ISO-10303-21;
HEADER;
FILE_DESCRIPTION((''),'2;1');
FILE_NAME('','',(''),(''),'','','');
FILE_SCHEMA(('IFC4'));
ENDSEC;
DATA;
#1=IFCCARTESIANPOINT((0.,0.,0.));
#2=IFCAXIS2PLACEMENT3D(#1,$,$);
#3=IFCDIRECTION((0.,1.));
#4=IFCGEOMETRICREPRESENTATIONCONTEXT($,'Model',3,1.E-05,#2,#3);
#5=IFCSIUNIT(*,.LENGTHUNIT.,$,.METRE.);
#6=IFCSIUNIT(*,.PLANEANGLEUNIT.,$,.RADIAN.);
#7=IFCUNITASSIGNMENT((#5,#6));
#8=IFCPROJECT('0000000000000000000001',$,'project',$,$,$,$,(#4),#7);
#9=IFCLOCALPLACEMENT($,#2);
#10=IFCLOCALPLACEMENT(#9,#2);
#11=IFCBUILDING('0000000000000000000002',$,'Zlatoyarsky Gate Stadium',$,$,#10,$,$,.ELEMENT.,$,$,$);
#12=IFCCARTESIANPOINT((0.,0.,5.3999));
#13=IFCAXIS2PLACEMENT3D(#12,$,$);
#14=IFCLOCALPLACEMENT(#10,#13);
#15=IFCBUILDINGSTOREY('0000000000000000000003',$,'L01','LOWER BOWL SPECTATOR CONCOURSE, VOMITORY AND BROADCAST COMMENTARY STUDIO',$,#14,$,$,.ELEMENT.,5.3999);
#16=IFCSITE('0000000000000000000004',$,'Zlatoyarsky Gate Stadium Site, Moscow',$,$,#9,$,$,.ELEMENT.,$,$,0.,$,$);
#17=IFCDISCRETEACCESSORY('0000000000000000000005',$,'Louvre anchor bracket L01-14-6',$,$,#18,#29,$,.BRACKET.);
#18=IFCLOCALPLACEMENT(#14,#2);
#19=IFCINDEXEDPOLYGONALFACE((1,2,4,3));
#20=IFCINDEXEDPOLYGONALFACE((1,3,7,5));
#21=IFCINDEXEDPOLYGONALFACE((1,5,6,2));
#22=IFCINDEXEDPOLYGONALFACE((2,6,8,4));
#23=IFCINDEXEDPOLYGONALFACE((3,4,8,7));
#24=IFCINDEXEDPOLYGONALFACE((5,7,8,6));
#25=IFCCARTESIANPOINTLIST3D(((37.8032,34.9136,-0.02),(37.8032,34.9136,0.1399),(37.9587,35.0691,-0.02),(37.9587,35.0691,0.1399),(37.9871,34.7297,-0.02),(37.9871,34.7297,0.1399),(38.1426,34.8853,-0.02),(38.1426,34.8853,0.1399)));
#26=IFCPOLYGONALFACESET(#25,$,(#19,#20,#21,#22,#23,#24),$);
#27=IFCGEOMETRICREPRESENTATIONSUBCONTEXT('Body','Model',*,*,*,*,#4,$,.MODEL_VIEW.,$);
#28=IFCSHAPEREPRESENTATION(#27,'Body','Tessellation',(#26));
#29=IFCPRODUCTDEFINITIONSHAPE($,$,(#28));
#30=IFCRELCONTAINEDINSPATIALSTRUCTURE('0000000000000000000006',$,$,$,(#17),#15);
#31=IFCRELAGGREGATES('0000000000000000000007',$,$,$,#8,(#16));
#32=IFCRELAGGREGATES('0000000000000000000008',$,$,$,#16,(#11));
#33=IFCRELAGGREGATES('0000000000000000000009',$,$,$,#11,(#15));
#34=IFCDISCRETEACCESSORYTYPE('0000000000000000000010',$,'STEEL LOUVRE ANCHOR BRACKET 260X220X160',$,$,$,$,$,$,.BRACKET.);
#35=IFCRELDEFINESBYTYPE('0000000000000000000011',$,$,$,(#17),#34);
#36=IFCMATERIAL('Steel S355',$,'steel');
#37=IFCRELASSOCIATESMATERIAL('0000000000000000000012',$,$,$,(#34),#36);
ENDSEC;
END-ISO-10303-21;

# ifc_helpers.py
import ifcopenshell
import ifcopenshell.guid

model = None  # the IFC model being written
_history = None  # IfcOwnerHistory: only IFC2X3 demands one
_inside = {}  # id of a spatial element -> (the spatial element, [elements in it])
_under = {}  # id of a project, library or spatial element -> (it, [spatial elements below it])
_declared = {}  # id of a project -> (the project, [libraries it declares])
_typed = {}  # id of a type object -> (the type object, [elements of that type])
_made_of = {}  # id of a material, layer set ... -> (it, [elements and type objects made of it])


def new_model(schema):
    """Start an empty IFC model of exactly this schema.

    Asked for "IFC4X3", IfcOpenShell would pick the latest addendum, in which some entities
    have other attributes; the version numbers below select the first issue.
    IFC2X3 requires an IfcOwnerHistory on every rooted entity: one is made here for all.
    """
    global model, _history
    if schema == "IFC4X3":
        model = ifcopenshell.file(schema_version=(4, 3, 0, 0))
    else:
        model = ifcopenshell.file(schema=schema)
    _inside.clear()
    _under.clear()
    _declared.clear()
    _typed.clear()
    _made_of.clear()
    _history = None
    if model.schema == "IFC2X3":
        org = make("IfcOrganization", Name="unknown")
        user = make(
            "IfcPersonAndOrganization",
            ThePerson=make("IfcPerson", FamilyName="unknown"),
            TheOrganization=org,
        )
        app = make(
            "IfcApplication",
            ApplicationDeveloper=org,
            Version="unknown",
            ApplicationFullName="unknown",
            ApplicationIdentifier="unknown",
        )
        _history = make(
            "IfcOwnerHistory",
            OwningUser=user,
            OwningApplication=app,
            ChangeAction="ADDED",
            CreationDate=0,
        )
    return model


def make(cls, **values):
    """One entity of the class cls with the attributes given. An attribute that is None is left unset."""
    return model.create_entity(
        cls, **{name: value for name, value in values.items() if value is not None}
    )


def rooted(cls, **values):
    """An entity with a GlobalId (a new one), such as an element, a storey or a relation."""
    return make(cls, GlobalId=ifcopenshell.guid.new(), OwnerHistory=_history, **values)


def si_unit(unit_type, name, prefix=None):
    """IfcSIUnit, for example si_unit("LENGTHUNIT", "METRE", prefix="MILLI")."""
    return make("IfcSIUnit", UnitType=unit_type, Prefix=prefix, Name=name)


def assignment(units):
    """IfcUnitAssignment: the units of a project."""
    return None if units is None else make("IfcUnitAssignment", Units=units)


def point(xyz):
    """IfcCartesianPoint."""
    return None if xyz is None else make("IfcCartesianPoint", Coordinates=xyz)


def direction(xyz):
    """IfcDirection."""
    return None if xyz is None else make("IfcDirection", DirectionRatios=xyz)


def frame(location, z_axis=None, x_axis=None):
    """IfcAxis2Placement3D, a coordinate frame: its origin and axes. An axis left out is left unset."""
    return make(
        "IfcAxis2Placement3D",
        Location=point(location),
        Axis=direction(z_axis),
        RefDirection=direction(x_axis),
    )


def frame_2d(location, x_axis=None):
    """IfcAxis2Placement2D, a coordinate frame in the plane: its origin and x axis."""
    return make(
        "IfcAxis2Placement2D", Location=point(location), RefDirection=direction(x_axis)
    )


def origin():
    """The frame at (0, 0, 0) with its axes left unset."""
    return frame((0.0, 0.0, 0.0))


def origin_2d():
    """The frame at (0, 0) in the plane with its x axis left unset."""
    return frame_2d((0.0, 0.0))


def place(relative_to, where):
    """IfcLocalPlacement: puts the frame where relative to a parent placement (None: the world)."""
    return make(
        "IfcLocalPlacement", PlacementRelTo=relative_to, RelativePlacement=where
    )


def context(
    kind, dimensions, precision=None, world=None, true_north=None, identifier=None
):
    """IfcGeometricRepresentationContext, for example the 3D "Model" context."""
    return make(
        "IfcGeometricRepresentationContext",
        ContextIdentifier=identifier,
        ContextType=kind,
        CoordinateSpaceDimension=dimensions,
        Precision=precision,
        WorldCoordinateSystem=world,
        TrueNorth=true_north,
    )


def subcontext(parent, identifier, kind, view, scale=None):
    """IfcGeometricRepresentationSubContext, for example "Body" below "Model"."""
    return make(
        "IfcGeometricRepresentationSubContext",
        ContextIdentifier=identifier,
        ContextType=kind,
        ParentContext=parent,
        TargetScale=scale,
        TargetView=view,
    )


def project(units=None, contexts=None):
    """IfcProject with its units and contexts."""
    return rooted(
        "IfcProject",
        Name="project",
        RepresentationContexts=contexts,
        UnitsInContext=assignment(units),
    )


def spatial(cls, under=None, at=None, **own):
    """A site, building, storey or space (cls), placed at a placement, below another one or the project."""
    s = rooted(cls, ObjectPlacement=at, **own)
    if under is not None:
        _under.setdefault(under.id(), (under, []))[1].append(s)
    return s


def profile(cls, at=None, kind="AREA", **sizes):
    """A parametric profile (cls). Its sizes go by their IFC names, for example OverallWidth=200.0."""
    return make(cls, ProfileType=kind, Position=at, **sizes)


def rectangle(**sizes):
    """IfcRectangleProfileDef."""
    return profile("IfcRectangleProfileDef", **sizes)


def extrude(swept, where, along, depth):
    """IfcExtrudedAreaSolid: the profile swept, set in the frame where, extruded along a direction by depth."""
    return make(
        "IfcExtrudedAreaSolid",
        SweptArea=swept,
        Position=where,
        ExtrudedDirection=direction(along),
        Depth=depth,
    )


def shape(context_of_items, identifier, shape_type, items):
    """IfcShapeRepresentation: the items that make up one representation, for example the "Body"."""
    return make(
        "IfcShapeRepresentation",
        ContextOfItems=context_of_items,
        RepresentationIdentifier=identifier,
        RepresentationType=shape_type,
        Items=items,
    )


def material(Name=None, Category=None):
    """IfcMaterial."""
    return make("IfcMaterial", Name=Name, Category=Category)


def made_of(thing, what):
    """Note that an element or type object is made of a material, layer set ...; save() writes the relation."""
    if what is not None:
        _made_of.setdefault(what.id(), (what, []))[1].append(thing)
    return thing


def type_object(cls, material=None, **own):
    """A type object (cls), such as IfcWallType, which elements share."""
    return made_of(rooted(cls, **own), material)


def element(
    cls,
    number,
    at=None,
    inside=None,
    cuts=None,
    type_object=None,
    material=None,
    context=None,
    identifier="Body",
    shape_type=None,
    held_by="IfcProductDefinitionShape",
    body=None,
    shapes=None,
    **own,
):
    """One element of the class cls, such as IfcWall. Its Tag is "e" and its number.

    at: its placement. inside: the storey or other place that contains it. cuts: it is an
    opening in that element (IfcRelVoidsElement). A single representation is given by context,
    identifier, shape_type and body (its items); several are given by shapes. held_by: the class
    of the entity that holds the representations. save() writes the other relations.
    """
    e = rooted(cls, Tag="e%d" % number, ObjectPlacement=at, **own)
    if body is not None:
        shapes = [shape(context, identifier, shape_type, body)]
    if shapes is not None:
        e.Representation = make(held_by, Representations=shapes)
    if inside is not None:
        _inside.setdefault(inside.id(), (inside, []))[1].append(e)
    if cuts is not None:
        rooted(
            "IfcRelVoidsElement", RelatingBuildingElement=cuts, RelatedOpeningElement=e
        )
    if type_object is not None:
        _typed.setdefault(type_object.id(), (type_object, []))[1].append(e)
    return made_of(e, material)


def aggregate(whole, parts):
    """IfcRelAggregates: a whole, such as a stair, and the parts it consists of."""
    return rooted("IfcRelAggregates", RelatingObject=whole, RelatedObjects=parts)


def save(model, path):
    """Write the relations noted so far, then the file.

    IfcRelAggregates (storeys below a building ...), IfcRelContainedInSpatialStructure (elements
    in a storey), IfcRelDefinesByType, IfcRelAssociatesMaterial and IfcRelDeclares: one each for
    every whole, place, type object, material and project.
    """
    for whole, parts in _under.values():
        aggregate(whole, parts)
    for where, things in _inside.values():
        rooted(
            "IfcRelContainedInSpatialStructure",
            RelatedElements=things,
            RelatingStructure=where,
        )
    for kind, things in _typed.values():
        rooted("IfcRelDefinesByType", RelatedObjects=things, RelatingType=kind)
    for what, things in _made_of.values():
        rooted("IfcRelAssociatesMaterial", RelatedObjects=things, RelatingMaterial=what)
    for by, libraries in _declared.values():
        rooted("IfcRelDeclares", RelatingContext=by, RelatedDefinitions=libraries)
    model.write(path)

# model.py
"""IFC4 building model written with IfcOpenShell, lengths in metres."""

from ifc_helpers import new_model, si_unit, direction, frame, origin, origin_2d, place, context, subcontext, project, spatial, rectangle, extrude, material, type_object, element, save


model = new_model("IFC4")

# Units and contexts
model_context = context("Model", 3, precision=1e-05, world=origin(), true_north=direction((0.0, 1.0)))
body_context = subcontext(model_context, "Body", "Model", "MODEL_VIEW")
ifc_project = project(units=[si_unit("LENGTHUNIT", "METRE"), si_unit("PLANEANGLEUNIT", "RADIAN")], contexts=[model_context])

# Site, building, storey
site_placement = place(None, origin())
site = spatial("IfcSite", under=ifc_project, at=site_placement, Name="Zlatoyarsky Gate Stadium Site, Moscow", CompositionType="ELEMENT", RefElevation=0.0)
building_placement = place(site_placement, origin())
building = spatial("IfcBuilding", under=site, at=building_placement, Name="Zlatoyarsky Gate Stadium", CompositionType="ELEMENT")
storey_placement = place(building_placement, frame((0.0, 0.0, 5.3999)))
storey = spatial("IfcBuildingStorey", under=building, at=storey_placement, Name="L01", Description="LOWER BOWL SPECTATOR CONCOURSE, VOMITORY AND BROADCAST COMMENTARY STUDIO", CompositionType="ELEMENT", Elevation=5.3999)

# Shared definitions
ifc_material_1 = material(Name="Steel S355", Category="steel")

# Discrete accessory
discrete_accessory_type = type_object("IfcDiscreteAccessoryType", Name="STEEL LOUVRE ANCHOR BRACKET 260X220X160", PredefinedType="BRACKET", material=ifc_material_1)
discrete_accessory_placement = place(storey_placement, frame((37.9729, 34.8994, -0.02), z_axis=(0.0, 0.0, 1.0), x_axis=(0.707135, -0.707079, 0.0)))
element("IfcDiscreteAccessory", 1, at=discrete_accessory_placement, inside=storey, type_object=discrete_accessory_type, Name="Louvre anchor bracket L01-14-6", PredefinedType="BRACKET", context=body_context, shape_type="SweptSolid", body=[
    extrude(rectangle(XDim=0.26, YDim=0.22, at=origin_2d()), origin(), (0.0, 0.0, 1.0), 0.1599),
])

save(model, "model.ifc")
